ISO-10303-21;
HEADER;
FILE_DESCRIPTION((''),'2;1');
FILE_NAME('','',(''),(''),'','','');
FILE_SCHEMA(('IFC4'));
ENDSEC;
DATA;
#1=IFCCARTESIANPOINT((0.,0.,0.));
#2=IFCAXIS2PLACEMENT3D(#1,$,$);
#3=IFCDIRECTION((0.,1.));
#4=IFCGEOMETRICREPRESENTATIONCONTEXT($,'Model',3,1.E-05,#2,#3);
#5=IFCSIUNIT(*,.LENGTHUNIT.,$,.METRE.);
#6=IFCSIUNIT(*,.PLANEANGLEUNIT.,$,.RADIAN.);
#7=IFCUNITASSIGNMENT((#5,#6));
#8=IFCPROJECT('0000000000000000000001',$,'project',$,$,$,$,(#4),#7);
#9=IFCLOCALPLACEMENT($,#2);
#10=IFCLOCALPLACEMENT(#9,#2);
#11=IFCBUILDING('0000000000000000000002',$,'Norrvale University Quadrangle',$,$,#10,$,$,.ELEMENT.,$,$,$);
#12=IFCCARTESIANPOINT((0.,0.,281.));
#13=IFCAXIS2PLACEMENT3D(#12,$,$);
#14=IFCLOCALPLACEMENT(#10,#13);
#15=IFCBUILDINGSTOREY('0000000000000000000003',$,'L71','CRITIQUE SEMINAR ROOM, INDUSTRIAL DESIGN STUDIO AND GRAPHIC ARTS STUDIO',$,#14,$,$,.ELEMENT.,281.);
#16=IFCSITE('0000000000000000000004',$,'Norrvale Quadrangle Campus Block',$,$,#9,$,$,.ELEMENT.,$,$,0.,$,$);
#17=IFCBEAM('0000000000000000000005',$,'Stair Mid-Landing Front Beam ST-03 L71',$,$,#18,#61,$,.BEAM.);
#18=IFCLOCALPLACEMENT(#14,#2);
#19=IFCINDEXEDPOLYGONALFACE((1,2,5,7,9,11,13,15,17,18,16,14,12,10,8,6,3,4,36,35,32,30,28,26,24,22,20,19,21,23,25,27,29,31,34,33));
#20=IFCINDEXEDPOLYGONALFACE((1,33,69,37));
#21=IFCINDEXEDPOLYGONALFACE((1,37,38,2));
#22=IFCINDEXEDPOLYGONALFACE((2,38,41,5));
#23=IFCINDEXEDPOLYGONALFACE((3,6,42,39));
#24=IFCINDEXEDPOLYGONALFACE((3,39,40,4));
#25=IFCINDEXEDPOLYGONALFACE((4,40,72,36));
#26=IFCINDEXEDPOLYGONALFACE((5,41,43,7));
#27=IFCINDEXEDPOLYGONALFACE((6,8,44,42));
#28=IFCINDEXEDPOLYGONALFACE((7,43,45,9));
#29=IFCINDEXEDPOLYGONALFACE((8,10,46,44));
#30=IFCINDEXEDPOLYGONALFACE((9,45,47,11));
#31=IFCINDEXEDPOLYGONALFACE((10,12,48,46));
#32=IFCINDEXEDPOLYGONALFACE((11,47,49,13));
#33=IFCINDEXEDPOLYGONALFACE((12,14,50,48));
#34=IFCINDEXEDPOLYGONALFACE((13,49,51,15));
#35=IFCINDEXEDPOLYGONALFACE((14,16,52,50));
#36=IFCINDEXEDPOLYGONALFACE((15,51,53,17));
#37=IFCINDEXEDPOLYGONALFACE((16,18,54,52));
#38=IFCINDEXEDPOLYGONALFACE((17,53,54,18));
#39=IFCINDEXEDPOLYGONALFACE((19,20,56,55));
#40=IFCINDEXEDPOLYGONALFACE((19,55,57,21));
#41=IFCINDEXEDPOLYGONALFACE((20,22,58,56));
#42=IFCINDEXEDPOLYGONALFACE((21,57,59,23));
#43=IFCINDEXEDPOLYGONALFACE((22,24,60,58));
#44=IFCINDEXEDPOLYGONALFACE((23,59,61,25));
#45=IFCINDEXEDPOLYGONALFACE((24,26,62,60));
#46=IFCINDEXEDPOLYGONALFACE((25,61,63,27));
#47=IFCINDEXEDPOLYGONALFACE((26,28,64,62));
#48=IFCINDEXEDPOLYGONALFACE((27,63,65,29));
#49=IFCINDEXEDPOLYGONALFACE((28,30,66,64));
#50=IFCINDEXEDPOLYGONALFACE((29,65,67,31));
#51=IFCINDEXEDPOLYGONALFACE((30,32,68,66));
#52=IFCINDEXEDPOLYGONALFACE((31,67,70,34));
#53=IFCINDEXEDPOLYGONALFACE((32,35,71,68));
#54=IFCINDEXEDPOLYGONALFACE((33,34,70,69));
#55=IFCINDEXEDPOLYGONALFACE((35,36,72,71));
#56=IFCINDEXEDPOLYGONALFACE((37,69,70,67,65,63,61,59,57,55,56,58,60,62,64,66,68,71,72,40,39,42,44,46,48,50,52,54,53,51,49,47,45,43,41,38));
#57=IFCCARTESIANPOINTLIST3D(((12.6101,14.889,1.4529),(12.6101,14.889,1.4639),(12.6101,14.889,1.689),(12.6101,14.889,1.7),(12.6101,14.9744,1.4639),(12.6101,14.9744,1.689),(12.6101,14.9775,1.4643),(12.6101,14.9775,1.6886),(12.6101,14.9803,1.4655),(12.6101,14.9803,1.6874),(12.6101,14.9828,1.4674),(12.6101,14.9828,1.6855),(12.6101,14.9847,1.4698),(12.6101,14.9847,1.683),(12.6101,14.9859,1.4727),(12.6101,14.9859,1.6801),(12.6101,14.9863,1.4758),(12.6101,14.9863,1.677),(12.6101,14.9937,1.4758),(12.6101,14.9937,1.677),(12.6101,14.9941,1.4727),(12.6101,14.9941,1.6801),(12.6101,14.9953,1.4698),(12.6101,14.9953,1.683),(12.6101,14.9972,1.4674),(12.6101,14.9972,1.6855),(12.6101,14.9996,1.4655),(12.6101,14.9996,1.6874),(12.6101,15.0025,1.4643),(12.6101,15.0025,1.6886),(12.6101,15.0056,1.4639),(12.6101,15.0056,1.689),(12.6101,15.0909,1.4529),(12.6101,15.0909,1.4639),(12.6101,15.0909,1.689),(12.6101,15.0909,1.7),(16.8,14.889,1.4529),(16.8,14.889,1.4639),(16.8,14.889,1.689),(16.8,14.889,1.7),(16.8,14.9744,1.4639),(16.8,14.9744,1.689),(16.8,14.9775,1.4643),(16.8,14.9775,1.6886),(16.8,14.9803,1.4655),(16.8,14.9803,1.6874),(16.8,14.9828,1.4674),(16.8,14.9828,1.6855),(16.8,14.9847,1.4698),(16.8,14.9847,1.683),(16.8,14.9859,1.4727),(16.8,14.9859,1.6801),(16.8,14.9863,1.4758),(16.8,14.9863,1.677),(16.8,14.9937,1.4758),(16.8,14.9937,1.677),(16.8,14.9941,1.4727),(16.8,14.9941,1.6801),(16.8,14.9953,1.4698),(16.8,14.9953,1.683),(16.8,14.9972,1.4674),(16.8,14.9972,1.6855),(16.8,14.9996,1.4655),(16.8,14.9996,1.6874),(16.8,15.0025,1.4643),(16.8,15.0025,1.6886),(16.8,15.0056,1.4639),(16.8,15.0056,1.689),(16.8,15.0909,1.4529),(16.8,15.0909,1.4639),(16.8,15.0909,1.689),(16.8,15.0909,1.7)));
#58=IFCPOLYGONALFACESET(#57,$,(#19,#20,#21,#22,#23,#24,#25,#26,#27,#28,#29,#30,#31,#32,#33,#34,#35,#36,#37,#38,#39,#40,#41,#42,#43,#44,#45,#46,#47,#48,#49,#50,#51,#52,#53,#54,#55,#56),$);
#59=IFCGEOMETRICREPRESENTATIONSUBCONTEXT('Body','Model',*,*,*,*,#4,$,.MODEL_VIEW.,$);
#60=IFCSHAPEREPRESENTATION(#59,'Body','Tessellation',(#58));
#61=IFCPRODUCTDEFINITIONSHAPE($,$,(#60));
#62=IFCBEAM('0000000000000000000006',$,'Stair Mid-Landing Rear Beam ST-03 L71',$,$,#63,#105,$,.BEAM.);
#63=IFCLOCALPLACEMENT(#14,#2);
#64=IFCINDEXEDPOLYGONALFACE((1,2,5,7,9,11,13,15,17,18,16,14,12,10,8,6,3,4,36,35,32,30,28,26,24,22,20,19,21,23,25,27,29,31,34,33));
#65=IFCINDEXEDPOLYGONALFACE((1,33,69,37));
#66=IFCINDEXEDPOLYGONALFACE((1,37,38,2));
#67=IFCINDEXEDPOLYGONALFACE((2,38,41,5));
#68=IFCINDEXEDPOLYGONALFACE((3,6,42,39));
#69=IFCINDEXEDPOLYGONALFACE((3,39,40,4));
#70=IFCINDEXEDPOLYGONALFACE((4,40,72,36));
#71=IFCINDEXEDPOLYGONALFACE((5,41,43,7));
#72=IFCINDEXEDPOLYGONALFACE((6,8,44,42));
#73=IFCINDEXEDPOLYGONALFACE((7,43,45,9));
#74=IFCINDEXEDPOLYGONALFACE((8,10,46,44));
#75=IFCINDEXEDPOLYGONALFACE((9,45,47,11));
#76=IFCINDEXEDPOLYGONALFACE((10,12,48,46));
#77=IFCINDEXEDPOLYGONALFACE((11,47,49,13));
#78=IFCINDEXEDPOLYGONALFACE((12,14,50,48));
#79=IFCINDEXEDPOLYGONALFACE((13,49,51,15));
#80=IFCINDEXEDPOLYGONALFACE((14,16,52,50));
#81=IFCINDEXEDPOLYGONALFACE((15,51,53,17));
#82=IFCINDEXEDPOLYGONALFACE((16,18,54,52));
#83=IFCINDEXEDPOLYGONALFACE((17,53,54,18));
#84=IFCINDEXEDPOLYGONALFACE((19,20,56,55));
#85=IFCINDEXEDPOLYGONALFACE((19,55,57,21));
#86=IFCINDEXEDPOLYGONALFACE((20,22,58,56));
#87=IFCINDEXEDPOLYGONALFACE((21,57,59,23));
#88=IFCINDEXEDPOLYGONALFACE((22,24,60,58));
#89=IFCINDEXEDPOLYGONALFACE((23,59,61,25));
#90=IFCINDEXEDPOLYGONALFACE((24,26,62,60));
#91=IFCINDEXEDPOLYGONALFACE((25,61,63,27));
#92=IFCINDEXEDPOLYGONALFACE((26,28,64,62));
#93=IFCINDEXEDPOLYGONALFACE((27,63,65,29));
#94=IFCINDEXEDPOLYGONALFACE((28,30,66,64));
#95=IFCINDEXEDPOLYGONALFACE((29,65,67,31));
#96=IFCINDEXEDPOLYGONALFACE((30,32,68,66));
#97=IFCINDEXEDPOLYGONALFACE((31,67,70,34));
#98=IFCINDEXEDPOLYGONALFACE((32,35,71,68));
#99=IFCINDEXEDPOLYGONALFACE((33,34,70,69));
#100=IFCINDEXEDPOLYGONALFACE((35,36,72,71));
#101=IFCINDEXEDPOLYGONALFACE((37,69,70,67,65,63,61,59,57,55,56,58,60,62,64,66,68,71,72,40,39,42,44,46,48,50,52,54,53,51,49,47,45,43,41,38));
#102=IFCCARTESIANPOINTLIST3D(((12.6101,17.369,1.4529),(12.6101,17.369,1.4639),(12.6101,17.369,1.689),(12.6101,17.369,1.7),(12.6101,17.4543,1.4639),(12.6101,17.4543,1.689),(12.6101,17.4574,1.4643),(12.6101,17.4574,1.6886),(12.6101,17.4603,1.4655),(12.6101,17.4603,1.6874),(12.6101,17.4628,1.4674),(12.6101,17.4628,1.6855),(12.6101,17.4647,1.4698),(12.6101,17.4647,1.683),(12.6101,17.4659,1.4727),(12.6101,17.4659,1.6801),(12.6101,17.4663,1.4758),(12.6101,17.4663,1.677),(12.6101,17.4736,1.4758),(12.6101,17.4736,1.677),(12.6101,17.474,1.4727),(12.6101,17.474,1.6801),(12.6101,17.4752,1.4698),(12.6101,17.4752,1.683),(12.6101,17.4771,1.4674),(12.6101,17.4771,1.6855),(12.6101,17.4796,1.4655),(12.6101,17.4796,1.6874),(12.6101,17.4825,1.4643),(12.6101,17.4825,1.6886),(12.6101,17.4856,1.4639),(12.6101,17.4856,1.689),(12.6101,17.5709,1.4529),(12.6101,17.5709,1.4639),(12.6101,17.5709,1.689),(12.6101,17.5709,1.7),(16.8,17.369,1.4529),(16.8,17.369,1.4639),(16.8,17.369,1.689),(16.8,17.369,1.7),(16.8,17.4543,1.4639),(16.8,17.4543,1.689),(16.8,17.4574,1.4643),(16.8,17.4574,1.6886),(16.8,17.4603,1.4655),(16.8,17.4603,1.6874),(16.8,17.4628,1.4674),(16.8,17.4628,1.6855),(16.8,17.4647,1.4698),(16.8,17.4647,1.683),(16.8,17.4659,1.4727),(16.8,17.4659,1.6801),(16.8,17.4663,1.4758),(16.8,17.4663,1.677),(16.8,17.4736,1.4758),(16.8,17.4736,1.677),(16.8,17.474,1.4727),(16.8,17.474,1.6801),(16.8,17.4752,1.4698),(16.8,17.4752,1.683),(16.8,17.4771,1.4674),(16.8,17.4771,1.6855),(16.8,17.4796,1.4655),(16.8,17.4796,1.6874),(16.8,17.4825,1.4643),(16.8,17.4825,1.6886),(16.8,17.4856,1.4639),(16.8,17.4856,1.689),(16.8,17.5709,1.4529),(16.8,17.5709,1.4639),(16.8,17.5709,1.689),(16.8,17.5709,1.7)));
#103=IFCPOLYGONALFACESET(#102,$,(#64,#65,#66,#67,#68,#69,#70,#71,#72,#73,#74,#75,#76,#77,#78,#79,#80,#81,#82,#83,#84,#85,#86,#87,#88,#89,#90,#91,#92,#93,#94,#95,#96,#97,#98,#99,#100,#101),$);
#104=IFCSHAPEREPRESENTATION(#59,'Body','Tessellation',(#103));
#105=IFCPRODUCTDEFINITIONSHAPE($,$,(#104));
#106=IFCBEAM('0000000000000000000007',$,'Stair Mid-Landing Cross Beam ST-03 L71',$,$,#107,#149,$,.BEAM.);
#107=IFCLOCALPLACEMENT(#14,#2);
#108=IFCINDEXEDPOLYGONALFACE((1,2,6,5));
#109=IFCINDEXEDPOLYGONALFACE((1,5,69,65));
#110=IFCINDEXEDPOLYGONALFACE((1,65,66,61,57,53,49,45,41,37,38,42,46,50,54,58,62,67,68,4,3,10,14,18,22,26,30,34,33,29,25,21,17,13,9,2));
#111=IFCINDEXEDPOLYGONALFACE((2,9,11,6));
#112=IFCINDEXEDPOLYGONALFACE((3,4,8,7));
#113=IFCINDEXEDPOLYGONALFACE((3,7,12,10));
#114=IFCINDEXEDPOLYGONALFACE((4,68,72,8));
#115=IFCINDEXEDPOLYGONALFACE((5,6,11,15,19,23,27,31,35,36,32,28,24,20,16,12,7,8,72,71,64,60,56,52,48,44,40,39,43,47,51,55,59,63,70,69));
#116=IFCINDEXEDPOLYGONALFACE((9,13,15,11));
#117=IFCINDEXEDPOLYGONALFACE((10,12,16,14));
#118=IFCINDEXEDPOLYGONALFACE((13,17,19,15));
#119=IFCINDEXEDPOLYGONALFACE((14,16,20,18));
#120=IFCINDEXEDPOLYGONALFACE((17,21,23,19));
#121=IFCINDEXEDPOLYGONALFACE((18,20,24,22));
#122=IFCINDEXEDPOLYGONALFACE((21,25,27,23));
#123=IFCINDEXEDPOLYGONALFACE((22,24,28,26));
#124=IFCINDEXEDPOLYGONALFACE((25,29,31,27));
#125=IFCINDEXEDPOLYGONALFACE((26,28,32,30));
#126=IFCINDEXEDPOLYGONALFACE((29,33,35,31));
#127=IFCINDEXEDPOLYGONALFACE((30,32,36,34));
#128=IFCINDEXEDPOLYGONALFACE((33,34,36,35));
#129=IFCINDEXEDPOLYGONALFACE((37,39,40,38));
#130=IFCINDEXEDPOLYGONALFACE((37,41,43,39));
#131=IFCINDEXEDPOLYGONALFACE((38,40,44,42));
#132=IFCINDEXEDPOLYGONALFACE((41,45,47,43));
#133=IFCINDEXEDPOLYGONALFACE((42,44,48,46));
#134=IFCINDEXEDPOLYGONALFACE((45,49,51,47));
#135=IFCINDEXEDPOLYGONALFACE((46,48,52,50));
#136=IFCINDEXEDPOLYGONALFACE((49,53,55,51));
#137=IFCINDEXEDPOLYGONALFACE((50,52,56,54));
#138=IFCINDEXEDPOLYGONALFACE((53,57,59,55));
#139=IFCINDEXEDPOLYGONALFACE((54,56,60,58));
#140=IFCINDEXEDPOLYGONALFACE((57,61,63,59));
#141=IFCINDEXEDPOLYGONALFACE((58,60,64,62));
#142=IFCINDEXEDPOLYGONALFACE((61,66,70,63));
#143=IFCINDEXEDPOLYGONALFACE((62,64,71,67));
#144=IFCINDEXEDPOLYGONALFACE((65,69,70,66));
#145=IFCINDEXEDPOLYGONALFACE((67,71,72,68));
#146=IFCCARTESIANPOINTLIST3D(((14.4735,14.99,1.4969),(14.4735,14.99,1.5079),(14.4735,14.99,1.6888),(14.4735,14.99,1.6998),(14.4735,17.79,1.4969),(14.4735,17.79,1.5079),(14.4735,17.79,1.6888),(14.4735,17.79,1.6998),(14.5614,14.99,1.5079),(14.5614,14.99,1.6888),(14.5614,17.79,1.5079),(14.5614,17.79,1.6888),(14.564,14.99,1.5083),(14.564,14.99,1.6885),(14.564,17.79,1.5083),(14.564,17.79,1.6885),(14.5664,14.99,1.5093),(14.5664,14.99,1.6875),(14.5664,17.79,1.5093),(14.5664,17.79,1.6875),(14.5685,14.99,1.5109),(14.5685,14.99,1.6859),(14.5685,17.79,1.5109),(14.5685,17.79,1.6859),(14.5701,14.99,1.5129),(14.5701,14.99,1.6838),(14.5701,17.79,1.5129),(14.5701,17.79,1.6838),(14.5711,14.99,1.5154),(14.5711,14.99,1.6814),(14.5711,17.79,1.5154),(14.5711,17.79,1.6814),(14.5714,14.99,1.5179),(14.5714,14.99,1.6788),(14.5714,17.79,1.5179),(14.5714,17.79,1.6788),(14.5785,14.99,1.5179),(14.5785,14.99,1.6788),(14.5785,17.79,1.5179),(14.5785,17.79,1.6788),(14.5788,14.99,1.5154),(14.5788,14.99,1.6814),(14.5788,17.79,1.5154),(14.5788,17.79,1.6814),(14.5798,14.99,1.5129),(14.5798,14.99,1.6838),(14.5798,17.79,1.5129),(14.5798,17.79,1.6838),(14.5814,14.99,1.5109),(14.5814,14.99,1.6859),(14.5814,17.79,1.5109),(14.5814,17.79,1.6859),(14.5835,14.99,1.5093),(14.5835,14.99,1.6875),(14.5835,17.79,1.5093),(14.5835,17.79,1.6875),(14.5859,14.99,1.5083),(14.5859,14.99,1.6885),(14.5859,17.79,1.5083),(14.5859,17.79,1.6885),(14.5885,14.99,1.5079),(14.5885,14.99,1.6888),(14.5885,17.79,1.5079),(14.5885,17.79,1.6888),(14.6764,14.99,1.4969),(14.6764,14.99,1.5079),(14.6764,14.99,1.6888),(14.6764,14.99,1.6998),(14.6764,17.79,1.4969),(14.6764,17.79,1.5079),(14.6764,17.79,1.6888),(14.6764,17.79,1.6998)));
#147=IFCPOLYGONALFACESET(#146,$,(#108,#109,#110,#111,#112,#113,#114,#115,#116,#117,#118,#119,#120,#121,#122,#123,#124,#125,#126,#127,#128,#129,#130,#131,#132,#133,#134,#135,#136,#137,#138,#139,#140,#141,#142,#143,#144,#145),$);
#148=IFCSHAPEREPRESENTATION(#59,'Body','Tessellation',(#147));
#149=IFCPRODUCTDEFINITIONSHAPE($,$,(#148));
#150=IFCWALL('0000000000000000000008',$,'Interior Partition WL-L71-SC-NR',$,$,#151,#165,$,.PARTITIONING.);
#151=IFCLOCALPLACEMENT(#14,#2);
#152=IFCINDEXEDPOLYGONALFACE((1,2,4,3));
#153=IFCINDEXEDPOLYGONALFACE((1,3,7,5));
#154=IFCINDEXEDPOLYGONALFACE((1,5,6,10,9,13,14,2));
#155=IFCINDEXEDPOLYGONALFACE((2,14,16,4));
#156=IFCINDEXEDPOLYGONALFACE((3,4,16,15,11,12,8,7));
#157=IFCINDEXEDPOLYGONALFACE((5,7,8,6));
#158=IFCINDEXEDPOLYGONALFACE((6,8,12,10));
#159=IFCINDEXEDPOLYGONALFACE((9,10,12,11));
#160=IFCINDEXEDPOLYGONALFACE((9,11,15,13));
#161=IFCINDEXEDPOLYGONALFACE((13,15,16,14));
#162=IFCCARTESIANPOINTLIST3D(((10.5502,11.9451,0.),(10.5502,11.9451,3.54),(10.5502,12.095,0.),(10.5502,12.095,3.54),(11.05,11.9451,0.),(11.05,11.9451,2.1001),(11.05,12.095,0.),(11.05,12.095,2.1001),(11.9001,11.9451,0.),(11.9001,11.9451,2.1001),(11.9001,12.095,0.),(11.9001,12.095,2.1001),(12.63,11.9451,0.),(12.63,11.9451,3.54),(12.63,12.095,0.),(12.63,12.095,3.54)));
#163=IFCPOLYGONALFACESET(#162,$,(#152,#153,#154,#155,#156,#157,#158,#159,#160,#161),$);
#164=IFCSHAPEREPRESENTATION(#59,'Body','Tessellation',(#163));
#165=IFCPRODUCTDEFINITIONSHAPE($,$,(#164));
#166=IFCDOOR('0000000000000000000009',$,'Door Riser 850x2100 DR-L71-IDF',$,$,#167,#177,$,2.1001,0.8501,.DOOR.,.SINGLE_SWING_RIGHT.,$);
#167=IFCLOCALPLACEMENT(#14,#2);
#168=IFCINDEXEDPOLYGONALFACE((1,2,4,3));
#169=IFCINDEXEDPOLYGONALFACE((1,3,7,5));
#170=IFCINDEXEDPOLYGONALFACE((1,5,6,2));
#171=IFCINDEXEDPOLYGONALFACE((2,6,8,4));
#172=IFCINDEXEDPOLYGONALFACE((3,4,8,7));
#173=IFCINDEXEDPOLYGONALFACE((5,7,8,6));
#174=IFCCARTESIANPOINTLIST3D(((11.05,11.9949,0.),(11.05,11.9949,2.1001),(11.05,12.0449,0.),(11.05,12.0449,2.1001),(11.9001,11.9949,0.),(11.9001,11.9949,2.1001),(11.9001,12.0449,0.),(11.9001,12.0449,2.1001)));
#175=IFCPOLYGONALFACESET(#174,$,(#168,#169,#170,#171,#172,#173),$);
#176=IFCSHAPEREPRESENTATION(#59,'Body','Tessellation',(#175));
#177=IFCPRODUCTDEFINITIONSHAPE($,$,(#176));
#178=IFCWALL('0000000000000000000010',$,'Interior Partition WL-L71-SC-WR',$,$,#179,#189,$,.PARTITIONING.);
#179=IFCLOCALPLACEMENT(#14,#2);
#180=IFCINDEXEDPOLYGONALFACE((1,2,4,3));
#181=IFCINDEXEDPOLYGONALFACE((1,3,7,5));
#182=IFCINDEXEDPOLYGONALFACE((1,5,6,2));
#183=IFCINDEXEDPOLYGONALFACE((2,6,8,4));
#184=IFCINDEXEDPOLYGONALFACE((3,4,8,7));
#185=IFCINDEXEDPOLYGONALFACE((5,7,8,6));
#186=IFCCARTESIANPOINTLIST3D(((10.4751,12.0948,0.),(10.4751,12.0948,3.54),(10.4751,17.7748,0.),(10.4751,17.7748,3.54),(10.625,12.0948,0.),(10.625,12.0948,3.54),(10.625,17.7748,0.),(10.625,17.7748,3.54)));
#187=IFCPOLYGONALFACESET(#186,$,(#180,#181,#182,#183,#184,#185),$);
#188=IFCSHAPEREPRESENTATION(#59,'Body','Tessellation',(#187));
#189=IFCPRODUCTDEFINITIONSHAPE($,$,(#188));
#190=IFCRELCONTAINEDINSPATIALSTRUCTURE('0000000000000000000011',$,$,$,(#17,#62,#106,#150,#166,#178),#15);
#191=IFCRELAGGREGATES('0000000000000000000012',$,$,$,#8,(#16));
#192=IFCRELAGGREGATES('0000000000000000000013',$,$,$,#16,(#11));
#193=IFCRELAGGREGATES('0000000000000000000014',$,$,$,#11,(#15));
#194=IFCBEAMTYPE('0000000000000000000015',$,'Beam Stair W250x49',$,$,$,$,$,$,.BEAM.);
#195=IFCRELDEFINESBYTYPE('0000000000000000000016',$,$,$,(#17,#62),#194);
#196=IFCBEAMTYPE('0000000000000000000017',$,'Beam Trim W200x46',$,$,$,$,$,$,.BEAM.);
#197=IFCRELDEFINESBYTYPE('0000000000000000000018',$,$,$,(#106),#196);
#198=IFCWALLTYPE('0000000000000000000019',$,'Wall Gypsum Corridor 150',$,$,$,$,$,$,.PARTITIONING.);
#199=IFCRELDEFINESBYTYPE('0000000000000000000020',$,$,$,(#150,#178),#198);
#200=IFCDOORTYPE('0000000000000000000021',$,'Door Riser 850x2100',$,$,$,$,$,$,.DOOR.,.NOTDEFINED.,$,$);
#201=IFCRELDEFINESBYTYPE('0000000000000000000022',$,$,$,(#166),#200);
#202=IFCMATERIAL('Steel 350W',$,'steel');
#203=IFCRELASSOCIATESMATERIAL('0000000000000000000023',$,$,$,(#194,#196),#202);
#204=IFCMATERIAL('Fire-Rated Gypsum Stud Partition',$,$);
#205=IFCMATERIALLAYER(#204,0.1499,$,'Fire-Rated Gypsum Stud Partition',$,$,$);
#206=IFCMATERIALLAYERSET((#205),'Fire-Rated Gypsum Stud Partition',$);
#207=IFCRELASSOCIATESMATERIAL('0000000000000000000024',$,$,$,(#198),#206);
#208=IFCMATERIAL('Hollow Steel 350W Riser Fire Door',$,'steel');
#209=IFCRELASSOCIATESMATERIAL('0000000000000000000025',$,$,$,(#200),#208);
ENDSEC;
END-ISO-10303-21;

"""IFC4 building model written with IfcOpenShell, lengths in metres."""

from ifc_helpers import new_model, si_unit, direction, frame, frame_2d, origin, origin_2d, place, context, subcontext, project, spatial, rectangle, i_section, extrude, material, layer, layer_set, material_profile, profile_set, type_object, element, fill, save


model = new_model("IFC4")

# Units and contexts
model_context = context("Model", 3, precision=1e-05, world=origin(), true_north=direction((0.0, 1.0)))
body_context = subcontext(model_context, "Body", "Model", "MODEL_VIEW")
ifc_project = project(units=[si_unit("LENGTHUNIT", "METRE"), si_unit("PLANEANGLEUNIT", "RADIAN")], contexts=[model_context])

# Site, building, storey
site_placement = place(None, origin())
site = spatial("IfcSite", under=ifc_project, at=site_placement, Name="Norrvale Quadrangle Campus Block", CompositionType="ELEMENT", RefElevation=0.0)
building_placement = place(site_placement, origin())
building = spatial("IfcBuilding", under=site, at=building_placement, Name="Norrvale University Quadrangle", CompositionType="ELEMENT")
storey_placement = place(building_placement, frame((0.0, 0.0, 281.0)))
storey = spatial("IfcBuildingStorey", under=building, at=storey_placement, Name="L71", Description="CRITIQUE SEMINAR ROOM, INDUSTRIAL DESIGN STUDIO AND GRAPHIC ARTS STUDIO", CompositionType="ELEMENT", Elevation=281.0)

# Beams
ifc_material_1 = material(Name="Steel 350W", Category="steel")
ifc_material_profile_1 = material_profile(ifc_material_1, i_section(OverallWidth=0.2019, OverallDepth=0.2471, WebThickness=0.0073, FlangeThickness=0.011, FilletRadius=0.012, at=origin_2d()), Name="Steel 350W")
ifc_profile_set_1 = profile_set([ifc_material_profile_1], Name="Steel 350W")
beam_type_1 = type_object("IfcBeamType", Name="Beam Stair W250x49", PredefinedType="BEAM", material=ifc_profile_set_1)
for number, where, z_axis, x_axis, name in (
    (1, (12.6101, 14.99, 1.5764), (1.0, 0.0, 0.0), (0.0, 1.0, 0.0), "Stair Mid-Landing Front Beam ST-03 L71"),
    (2, (12.6101, 17.47, 1.5764), (1.0, 0.0, 0.0), (0.0, 1.0, 0.0), "Stair Mid-Landing Rear Beam ST-03 L71"),
):
    element("IfcBeam", number, at=place(storey_placement, frame(where, z_axis=z_axis, x_axis=x_axis)), inside=storey, type_object=beam_type_1, Name=name, PredefinedType="BEAM", context=body_context, shape_type="SweptSolid", body=[
        extrude(i_section(OverallWidth=0.2019, OverallDepth=0.2471, WebThickness=0.0073, FlangeThickness=0.011, FilletRadius=0.012, at=origin_2d()), origin(), (0.0, 0.0, 1.0), 4.1899),
    ])
ifc_material_profile_2 = material_profile(ifc_material_1, i_section(OverallWidth=0.2029, OverallDepth=0.2029, WebThickness=0.0071, FlangeThickness=0.011, FilletRadius=0.01, at=origin_2d()), Name="Steel 350W")
ifc_profile_set_2 = profile_set([ifc_material_profile_2], Name="Steel 350W")
beam_type_2 = type_object("IfcBeamType", Name="Beam Trim W200x46", PredefinedType="BEAM", material=ifc_profile_set_2)
beam_placement = place(storey_placement, frame((14.575, 14.99, 1.5984), z_axis=(0.0, 1.0, 0.0), x_axis=(-1.0, 0.0, 0.0)))
element("IfcBeam", 3, at=beam_placement, inside=storey, type_object=beam_type_2, Name="Stair Mid-Landing Cross Beam ST-03 L71", PredefinedType="BEAM", context=body_context, shape_type="SweptSolid", body=[
    extrude(i_section(OverallWidth=0.2029, OverallDepth=0.2029, WebThickness=0.0071, FlangeThickness=0.011, FilletRadius=0.01, at=origin_2d()), origin(), (0.0, 0.0, 1.0), 2.8),
])

# Wall, opening, door
ifc_material_2 = material(Name="Fire-Rated Gypsum Stud Partition")
ifc_layer_1 = layer(ifc_material_2, 0.1499, Name="Fire-Rated Gypsum Stud Partition")
ifc_layer_set_1 = layer_set([ifc_layer_1], Name="Fire-Rated Gypsum Stud Partition")
wall_type_1 = type_object("IfcWallType", Name="Wall Gypsum Corridor 150", PredefinedType="PARTITIONING", material=ifc_layer_set_1)
wall_1_placement = place(storey_placement, frame((10.55, 12.02, 0.0), z_axis=(0.0, 0.0, 1.0), x_axis=(1.0, 0.0, 0.0)))
wall_1 = element("IfcWall", 4, at=wall_1_placement, inside=storey, type_object=wall_type_1, Name="Interior Partition WL-L71-SC-NR", PredefinedType="PARTITIONING", context=body_context, shape_type="SweptSolid", body=[
    extrude(rectangle(XDim=2.0798, YDim=0.1499, at=frame_2d((1.04, 0.0))), origin(), (0.0, 0.0, 1.0), 3.54),
])
opening_1_placement = place(wall_1_placement, frame((0.5, 0.0, 0.0)))
opening_1 = element("IfcOpeningElement", 5, at=opening_1_placement, cuts=wall_1, PredefinedType="OPENING", context=body_context, shape_type="SweptSolid", body=[
    extrude(rectangle(XDim=0.8501, YDim=2.1001, at=frame_2d((0.425, 1.05))), frame((0.0, 0.0869, 0.0), z_axis=(0.0, -1.0, 0.0), x_axis=(1.0, 0.0, 0.0)), (0.0, 0.0, 1.0), 0.1738),
])
ifc_material_3 = material(Name="Hollow Steel 350W Riser Fire Door", Category="steel")
door_type_1 = type_object("IfcDoorType", Name="Door Riser 850x2100", OperationType="NOTDEFINED", PredefinedType="DOOR", material=ifc_material_3)
door_1_placement = place(opening_1_placement, origin())
door_1 = element("IfcDoor", 6, at=door_1_placement, inside=storey, type_object=door_type_1, Name="Door Riser 850x2100 DR-L71-IDF", OperationType="SINGLE_SWING_RIGHT", OverallHeight=2.1001, OverallWidth=0.8501, PredefinedType="DOOR", context=body_context, shape_type="SweptSolid", body=[
    extrude(rectangle(XDim=0.8501, YDim=2.1001, at=frame_2d((0.425, 1.05))), frame((0.0, 0.0249, 0.0), z_axis=(0.0, -1.0, 0.0), x_axis=(1.0, 0.0, 0.0)), (0.0, 0.0, 1.0), 0.05),
])
fill(opening_1, door_1)

# Wall
wall_2_placement = place(storey_placement, frame((10.55, 12.095, 0.0), z_axis=(0.0, 0.0, 1.0), x_axis=(0.0, 1.0, 0.0)))
element("IfcWall", 7, at=wall_2_placement, inside=storey, type_object=wall_type_1, Name="Interior Partition WL-L71-SC-WR", PredefinedType="PARTITIONING", context=body_context, shape_type="SweptSolid", body=[
    extrude(rectangle(XDim=5.6799, YDim=0.1499, at=frame_2d((2.8398, 0.0))), origin(), (0.0, 0.0, 1.0), 3.54),
])

save(model, "model.ifc")
